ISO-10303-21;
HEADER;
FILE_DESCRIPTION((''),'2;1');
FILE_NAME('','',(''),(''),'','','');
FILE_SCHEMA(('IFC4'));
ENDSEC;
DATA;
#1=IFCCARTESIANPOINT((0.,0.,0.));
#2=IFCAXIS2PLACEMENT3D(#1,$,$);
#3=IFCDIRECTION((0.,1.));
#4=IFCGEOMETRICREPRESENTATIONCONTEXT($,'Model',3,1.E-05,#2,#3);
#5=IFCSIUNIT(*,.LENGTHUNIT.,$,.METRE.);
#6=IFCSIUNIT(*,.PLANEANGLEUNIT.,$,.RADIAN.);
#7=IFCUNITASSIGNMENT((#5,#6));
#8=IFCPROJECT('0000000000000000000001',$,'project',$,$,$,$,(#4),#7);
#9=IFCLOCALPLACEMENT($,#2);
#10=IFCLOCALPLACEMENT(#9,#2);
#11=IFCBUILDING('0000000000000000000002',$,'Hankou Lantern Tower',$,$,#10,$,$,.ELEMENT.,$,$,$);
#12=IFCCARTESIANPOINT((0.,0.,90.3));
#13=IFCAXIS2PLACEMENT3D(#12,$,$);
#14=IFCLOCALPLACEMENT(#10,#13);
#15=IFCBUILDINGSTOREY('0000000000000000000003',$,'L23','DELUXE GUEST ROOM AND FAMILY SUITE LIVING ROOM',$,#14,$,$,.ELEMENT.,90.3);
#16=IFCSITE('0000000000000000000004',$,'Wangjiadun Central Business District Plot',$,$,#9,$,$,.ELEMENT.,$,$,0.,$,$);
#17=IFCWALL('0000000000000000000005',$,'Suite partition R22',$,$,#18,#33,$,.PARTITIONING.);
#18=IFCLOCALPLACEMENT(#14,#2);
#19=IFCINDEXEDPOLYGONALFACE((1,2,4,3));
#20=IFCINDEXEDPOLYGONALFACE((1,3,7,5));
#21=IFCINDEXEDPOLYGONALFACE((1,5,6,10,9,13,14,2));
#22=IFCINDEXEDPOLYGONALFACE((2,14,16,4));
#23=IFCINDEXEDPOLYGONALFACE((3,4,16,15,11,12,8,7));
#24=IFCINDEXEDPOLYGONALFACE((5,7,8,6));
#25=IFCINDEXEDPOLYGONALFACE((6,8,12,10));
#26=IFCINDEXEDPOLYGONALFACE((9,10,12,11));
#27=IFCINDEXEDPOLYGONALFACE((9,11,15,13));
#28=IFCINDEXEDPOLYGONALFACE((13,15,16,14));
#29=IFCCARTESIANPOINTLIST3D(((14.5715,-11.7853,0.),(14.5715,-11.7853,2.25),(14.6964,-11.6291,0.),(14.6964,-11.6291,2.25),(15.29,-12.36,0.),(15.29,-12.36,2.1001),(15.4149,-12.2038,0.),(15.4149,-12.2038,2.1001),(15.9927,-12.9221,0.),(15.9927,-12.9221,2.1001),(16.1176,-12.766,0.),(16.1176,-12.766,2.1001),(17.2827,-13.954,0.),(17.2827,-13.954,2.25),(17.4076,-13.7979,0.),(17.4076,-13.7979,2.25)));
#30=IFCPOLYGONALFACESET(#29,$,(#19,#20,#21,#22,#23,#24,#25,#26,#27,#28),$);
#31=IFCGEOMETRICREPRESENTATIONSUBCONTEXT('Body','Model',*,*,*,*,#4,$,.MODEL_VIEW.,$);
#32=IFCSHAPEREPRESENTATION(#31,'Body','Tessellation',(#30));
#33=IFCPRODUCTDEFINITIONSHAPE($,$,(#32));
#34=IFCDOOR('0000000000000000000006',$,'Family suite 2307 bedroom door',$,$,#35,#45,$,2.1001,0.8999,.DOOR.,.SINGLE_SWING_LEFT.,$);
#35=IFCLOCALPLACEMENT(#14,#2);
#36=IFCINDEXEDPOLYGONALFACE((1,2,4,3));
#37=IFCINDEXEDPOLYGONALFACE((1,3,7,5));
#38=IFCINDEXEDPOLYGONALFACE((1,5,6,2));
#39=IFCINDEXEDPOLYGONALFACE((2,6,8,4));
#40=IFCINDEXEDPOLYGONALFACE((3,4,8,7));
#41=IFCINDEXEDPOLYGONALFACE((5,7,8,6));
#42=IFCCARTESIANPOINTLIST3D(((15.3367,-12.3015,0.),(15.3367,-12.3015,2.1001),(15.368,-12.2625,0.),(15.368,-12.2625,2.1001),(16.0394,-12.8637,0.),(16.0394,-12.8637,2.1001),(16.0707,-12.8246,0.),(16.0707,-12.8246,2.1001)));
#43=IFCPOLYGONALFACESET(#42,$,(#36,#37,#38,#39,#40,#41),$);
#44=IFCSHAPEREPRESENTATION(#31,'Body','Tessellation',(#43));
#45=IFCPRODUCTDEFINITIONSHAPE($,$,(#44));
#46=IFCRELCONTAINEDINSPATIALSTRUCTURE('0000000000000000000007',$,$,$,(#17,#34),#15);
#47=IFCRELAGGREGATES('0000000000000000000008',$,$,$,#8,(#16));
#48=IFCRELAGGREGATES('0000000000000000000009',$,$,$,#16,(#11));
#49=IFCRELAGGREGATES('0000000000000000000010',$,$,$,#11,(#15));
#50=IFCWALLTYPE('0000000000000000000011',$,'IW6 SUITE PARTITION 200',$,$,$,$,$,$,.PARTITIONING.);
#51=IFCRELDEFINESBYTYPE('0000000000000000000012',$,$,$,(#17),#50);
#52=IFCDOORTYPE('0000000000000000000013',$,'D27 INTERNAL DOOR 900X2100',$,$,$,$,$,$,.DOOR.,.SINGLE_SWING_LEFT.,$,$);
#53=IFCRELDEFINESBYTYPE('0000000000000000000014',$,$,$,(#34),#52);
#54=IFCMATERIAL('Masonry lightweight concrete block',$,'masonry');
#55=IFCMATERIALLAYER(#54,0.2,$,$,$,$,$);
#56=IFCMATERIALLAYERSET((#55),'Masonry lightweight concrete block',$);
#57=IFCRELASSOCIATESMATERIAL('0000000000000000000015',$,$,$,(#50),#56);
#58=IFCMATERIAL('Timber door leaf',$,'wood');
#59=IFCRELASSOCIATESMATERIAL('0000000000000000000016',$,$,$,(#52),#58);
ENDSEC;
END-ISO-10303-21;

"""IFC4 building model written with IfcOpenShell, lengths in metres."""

from ifc_helpers import new_model, si_unit, direction, frame, frame_2d, origin, place, context, subcontext, project, spatial, rectangle, extrude, material, layer, layer_set, type_object, element, fill, save


model = new_model("IFC4")

# Units and contexts
model_context = context("Model", 3, precision=1e-05, world=origin(), true_north=direction((0.0, 1.0)))
body_context = subcontext(model_context, "Body", "Model", "MODEL_VIEW")
ifc_project = project(units=[si_unit("LENGTHUNIT", "METRE"), si_unit("PLANEANGLEUNIT", "RADIAN")], contexts=[model_context])

# Site, building, storey
site_placement = place(None, origin())
site = spatial("IfcSite", under=ifc_project, at=site_placement, Name="Wangjiadun Central Business District Plot", CompositionType="ELEMENT", RefElevation=0.0)
building_placement = place(site_placement, origin())
building = spatial("IfcBuilding", under=site, at=building_placement, Name="Hankou Lantern Tower", CompositionType="ELEMENT")
storey_placement = place(building_placement, frame((0.0, 0.0, 90.3)))
storey = spatial("IfcBuildingStorey", under=building, at=storey_placement, Name="L23", Description="DELUXE GUEST ROOM AND FAMILY SUITE LIVING ROOM", CompositionType="ELEMENT", Elevation=90.3)

# Wall, opening, door
ifc_material_1 = material(Name="Masonry lightweight concrete block", Category="masonry")
ifc_layer_1 = layer(ifc_material_1, 0.2)
ifc_layer_set_1 = layer_set([ifc_layer_1], Name="Masonry lightweight concrete block")
wall_type_1 = type_object("IfcWallType", Name="IW6 SUITE PARTITION 200", PredefinedType="PARTITIONING", material=ifc_layer_set_1)
ifc_material_2 = material(Name="Timber door leaf", Category="wood")
door_type = type_object("IfcDoorType", Name="D27 INTERNAL DOOR 900X2100", OperationType="SINGLE_SWING_LEFT", PredefinedType="DOOR", material=ifc_material_2)
wall_1_placement = place(storey_placement, frame((14.634, -11.7073, 0.0), z_axis=(0.0, 0.0, 1.0), x_axis=(0.780903, -0.624652, 0.0)))
wall_1 = element("IfcWall", 1, at=wall_1_placement, inside=storey, type_object=wall_type_1, Name="Suite partition R22", PredefinedType="PARTITIONING", context=body_context, shape_type="SweptSolid", body=[
    extrude(rectangle(XDim=3.4719, YDim=0.2, at=frame_2d((1.7358, 0.0))), origin(), (0.0, 0.0, 1.0), 2.25),
])
opening_1_placement = place(wall_1_placement, frame((0.9199, 0.0, 0.0)))
opening_1 = element("IfcOpeningElement", 2, at=opening_1_placement, cuts=wall_1, PredefinedType="OPENING", context=body_context, shape_type="SweptSolid", body=[
    extrude(rectangle(XDim=0.8999, YDim=2.1001, at=frame_2d((0.45, 1.05))), frame((0.0, 0.1099, 0.0), z_axis=(0.0, -1.0, 0.0), x_axis=(1.0, 0.0, 0.0)), (0.0, 0.0, 1.0), 0.22),
])
door_1_placement = place(opening_1_placement, origin())
door_1 = element("IfcDoor", 3, at=door_1_placement, inside=storey, type_object=door_type, Name="Family suite 2307 bedroom door", OperationType="SINGLE_SWING_LEFT", OverallHeight=2.1001, OverallWidth=0.8999, PredefinedType="DOOR", context=body_context, shape_type="SweptSolid", body=[
    extrude(rectangle(XDim=0.8999, YDim=2.1001, at=frame_2d((0.45, 1.05))), frame((0.0, 0.0249, 0.0), z_axis=(0.0, -1.0, 0.0), x_axis=(1.0, 0.0, 0.0)), (0.0, 0.0, 1.0), 0.05),
])
fill(opening_1, door_1)

save(model, "model.ifc")
